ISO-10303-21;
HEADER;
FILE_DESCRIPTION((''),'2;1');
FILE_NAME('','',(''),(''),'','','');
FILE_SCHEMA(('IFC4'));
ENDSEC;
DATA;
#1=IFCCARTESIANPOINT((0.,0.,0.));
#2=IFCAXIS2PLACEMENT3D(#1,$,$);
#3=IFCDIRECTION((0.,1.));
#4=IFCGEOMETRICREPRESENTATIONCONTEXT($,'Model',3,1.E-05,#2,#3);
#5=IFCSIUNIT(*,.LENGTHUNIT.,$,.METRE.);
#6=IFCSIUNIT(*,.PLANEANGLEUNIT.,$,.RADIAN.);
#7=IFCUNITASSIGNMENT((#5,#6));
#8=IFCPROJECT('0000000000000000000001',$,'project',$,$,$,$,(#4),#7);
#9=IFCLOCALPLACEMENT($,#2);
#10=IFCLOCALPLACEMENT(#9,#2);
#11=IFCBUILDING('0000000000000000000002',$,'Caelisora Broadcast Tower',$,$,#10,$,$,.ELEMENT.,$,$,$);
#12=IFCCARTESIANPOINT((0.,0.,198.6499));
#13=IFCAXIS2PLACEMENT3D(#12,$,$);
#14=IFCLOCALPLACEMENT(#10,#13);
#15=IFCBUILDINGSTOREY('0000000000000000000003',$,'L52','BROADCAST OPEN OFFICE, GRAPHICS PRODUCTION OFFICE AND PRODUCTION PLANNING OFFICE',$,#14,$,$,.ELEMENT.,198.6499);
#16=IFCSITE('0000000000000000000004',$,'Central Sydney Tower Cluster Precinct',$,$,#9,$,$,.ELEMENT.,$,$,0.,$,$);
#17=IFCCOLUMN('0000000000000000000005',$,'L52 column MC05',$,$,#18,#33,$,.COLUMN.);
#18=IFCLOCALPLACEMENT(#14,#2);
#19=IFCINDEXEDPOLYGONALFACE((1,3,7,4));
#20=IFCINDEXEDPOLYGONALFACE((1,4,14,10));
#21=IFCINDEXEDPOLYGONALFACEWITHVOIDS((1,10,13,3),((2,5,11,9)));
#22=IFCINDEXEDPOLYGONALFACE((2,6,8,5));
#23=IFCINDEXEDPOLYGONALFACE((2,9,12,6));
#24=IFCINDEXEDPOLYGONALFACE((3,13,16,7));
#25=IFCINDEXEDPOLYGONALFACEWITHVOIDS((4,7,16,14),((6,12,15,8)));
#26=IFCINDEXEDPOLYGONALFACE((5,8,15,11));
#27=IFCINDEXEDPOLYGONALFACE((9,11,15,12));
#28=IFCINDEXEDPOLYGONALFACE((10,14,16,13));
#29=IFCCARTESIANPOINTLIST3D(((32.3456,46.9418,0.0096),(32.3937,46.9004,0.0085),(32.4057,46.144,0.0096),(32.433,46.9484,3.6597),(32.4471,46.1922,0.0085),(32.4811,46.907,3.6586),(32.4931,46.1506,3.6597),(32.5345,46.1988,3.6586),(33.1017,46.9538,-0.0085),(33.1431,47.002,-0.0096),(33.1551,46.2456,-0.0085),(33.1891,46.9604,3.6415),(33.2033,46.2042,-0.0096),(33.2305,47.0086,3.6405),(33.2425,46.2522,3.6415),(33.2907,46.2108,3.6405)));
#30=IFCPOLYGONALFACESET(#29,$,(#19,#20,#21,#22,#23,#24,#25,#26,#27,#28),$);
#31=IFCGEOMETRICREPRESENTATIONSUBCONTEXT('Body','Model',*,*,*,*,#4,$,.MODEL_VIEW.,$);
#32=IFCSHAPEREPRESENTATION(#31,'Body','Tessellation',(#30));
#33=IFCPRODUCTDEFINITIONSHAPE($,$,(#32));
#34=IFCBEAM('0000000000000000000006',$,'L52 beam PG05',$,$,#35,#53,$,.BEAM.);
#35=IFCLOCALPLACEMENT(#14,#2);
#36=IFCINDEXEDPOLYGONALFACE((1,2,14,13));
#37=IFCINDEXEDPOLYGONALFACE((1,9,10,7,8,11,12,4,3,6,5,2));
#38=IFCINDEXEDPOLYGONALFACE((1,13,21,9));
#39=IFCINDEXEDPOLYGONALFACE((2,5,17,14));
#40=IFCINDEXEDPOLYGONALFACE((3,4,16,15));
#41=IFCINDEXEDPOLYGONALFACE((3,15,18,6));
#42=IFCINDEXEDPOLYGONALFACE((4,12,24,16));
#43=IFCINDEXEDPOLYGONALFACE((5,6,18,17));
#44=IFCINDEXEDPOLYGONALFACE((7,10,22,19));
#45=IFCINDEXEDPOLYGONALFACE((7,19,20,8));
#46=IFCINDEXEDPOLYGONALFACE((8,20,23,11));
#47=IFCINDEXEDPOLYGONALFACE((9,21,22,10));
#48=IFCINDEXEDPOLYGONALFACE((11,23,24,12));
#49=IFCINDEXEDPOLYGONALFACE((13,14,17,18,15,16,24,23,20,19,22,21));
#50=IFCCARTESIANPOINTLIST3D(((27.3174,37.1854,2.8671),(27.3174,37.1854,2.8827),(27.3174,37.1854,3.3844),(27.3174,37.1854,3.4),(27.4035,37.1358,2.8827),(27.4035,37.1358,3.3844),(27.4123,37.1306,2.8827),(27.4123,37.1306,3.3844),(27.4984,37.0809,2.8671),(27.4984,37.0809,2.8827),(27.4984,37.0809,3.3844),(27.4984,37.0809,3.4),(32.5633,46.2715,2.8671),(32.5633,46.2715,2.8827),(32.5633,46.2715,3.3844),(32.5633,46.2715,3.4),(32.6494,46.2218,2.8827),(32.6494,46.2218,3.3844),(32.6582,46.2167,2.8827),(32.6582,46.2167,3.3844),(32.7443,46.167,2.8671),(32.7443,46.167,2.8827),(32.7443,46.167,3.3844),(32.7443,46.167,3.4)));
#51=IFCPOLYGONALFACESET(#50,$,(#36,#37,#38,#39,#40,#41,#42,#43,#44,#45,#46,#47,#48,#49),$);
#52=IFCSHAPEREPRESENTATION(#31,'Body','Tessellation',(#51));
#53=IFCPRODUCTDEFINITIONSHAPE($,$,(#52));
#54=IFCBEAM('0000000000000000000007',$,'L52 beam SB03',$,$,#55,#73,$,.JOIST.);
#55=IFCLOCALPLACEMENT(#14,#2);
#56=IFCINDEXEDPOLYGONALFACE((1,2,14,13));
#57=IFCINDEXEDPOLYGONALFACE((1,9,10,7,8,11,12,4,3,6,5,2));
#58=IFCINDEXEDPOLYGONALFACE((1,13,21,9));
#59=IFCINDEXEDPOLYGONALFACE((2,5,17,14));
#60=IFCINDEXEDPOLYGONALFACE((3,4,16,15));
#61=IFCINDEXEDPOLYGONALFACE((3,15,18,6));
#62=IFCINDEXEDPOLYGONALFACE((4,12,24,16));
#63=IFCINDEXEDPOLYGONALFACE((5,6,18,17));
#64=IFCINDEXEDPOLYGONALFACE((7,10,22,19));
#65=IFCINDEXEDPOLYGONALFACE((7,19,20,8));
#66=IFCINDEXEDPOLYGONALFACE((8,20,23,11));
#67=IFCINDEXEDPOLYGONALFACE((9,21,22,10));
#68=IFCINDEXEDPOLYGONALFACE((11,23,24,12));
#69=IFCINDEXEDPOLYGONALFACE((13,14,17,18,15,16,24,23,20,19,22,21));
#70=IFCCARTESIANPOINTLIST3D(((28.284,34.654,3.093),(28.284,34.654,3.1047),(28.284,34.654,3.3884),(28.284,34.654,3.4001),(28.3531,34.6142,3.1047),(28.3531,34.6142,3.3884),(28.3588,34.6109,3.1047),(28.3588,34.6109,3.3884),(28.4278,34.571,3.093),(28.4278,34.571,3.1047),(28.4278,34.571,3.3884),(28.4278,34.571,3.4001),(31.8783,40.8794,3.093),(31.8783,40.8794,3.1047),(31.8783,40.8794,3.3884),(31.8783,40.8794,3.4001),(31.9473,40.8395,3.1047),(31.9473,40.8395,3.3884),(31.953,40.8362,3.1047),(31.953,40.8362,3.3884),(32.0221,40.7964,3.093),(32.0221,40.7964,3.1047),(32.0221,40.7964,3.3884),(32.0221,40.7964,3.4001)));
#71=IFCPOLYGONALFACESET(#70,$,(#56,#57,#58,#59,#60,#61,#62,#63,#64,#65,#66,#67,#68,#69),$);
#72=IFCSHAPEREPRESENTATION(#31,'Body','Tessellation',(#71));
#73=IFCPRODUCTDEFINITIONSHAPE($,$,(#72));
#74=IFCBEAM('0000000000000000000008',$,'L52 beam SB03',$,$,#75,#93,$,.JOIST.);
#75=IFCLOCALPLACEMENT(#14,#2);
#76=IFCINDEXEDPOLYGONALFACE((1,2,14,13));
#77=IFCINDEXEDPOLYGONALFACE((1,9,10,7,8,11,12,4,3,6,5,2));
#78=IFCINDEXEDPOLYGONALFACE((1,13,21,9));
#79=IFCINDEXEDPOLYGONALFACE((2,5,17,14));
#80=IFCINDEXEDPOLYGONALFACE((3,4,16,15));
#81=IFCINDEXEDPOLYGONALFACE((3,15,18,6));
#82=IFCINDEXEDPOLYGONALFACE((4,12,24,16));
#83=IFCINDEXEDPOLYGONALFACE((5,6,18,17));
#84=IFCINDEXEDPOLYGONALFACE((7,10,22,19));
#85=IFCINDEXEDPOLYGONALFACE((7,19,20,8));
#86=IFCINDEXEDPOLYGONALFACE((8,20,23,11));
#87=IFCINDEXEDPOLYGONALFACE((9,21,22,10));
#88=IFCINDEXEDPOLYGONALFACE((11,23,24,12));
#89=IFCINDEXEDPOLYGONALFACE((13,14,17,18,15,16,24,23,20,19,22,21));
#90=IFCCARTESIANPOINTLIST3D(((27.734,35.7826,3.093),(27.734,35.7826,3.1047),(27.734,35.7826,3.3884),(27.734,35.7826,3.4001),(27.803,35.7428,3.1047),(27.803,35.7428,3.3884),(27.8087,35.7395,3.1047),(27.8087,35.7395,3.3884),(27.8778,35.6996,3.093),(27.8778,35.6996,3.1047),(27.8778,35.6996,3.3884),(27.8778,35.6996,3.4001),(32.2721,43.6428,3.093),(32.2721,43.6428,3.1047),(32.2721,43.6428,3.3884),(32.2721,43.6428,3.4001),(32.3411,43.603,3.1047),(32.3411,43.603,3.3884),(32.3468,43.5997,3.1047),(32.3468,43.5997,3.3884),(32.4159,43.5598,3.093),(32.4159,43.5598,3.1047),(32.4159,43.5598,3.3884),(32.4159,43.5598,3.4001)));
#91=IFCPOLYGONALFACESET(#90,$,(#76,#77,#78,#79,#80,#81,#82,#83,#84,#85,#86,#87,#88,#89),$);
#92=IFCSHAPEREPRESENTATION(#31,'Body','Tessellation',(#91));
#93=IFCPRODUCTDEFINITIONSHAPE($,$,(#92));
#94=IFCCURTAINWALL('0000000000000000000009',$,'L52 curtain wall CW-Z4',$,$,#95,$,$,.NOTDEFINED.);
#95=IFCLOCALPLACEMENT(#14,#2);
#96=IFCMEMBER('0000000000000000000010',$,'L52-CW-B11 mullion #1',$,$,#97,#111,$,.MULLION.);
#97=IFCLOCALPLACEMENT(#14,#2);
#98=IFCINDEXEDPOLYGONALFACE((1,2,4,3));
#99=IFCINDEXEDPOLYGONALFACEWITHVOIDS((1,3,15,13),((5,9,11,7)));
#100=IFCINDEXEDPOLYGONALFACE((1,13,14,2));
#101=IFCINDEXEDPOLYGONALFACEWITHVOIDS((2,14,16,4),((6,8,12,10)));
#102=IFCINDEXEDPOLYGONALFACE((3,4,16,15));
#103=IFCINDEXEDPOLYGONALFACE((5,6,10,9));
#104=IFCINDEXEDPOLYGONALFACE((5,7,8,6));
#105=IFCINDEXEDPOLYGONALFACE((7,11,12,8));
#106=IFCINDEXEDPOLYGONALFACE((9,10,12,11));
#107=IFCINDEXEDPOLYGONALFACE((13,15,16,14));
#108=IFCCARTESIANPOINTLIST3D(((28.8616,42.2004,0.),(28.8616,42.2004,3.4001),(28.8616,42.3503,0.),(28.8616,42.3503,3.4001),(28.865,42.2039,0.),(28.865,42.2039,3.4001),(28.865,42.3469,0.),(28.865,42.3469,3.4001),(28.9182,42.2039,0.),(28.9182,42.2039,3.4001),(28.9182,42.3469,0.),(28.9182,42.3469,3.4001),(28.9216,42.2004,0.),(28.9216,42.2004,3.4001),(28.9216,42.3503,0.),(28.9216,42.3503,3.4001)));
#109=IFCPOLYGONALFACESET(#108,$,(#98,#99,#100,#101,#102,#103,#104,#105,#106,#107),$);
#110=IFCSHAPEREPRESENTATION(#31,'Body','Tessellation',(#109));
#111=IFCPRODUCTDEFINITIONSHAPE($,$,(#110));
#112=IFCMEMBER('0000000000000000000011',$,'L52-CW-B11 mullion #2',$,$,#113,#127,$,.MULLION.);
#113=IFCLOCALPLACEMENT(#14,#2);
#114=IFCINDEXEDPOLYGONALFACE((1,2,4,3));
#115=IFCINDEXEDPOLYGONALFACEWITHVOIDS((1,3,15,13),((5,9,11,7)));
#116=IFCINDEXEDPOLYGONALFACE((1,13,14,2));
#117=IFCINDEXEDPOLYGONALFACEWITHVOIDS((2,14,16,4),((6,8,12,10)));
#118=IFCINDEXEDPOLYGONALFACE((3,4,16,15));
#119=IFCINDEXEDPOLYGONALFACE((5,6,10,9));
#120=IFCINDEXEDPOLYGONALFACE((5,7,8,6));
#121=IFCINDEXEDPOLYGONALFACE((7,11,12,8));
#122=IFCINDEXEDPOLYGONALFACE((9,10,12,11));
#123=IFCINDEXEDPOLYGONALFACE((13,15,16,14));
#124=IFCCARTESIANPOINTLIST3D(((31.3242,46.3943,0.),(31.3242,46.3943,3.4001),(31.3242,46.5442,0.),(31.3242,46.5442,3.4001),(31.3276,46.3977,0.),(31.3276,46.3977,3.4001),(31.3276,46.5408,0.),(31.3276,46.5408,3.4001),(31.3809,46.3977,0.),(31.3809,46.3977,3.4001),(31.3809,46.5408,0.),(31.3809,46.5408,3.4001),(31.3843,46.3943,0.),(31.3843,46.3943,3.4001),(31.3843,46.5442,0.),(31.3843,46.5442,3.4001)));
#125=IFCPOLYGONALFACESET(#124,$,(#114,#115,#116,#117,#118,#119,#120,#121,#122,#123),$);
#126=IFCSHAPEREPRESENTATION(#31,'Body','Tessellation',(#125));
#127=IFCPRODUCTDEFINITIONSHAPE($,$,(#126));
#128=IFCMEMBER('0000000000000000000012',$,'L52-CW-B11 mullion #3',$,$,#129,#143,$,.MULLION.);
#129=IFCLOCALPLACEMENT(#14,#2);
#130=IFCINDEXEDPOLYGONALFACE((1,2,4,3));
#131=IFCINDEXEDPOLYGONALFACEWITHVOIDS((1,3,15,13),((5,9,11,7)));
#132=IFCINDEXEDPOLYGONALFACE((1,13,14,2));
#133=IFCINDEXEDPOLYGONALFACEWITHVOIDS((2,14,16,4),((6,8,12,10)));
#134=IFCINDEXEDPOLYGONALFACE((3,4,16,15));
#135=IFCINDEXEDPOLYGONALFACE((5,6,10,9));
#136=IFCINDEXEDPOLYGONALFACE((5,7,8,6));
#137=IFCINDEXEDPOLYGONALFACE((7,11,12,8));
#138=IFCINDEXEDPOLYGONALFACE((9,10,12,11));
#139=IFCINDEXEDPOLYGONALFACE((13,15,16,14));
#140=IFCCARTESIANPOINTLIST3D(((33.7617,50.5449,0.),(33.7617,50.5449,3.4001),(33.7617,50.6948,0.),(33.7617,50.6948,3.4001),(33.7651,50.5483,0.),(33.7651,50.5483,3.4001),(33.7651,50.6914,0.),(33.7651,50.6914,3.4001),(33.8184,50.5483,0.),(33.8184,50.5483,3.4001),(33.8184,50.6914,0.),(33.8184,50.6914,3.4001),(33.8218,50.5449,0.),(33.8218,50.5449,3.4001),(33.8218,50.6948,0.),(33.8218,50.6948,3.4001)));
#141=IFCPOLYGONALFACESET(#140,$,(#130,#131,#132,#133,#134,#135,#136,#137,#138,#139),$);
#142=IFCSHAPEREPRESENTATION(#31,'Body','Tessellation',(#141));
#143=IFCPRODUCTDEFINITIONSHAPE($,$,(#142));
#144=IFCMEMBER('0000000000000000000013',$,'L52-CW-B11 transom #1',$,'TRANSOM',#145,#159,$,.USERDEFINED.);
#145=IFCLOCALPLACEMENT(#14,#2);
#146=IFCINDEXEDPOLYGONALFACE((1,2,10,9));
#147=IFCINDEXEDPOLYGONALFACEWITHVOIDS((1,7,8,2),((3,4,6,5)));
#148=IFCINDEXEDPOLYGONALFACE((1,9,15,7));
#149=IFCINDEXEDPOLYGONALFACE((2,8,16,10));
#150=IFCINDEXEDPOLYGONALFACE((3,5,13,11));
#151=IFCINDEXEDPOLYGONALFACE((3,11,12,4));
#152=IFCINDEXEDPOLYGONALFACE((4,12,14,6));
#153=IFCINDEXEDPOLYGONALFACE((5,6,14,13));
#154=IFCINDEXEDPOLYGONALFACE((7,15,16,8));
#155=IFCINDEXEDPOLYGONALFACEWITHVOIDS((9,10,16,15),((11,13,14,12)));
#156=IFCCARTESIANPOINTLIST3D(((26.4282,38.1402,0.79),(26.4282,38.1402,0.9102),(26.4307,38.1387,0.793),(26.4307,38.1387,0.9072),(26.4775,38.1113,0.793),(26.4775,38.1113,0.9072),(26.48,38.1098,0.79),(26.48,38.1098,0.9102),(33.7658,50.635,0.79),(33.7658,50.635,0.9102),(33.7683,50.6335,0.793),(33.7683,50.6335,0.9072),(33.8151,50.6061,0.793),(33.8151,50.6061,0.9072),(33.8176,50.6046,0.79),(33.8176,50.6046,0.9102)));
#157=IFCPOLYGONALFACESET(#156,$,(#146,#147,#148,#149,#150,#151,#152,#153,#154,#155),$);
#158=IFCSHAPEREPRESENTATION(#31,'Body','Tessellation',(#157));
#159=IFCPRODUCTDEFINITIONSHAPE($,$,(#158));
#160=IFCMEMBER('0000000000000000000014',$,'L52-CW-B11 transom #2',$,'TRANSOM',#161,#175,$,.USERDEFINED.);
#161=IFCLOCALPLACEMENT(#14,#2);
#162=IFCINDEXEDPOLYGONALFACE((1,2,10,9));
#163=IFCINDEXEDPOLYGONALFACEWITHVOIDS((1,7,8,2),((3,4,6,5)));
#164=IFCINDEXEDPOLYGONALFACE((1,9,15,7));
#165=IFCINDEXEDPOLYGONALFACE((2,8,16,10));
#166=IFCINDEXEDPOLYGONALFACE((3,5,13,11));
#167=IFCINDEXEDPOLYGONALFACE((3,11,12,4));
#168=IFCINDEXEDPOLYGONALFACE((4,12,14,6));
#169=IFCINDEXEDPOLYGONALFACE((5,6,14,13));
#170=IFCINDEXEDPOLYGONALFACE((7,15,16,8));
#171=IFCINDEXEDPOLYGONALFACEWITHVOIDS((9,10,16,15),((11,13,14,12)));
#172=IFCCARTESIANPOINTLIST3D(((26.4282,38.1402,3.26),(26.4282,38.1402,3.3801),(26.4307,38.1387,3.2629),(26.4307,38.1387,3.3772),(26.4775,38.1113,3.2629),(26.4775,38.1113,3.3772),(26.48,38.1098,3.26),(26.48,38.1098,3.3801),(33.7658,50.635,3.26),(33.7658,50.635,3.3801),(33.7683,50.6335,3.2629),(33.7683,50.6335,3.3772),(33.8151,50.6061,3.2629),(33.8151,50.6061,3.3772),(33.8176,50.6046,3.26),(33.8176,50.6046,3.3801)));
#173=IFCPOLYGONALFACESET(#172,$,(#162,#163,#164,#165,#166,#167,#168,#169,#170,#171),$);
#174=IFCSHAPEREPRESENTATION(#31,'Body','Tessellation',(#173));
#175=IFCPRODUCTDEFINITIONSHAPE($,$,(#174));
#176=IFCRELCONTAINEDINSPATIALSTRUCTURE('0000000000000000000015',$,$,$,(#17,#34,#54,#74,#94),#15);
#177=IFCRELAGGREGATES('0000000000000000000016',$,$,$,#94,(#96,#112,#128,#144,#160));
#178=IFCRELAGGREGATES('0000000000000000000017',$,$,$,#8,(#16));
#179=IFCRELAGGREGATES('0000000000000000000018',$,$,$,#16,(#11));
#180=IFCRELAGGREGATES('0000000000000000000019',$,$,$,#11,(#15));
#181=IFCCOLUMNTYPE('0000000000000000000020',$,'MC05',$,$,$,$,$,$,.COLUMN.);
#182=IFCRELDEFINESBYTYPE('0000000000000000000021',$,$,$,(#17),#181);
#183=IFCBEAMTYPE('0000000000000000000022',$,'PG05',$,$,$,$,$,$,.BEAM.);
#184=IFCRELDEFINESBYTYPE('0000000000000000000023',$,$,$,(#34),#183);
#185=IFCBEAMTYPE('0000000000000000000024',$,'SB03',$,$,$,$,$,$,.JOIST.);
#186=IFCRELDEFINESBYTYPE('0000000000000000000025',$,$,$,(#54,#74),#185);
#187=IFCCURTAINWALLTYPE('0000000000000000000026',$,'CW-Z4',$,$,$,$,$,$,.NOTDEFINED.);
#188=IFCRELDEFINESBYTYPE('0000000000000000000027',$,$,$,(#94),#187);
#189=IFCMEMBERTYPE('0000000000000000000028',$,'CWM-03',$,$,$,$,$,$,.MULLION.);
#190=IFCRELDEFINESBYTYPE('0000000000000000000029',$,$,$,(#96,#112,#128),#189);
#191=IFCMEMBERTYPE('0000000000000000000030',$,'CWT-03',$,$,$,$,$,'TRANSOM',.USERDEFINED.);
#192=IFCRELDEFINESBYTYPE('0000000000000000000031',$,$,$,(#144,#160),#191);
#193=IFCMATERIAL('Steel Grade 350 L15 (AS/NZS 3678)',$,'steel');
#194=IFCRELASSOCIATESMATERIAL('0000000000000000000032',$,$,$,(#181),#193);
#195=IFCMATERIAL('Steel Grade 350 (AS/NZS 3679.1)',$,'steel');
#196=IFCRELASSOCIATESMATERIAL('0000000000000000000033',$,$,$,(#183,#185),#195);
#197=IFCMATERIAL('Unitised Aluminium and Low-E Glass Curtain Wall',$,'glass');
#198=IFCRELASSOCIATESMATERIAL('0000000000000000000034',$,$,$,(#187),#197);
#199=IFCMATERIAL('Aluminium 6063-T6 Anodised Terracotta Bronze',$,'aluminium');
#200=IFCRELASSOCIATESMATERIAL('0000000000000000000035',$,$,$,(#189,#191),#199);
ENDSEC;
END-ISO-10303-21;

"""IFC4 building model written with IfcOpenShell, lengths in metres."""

from ifc_helpers import new_model, si_unit, direction, frame, origin, origin_2d, place, context, subcontext, project, spatial, hollow_rectangle, i_section, extrude, source, transform, mapped, material, material_profile, profile_set, type_object, type_shapes, element, aggregate, save


model = new_model("IFC4")

# Units and contexts
model_context = context("Model", 3, precision=1e-05, world=origin(), true_north=direction((0.0, 1.0)))
body_context = subcontext(model_context, "Body", "Model", "MODEL_VIEW")
ifc_project = project(units=[si_unit("LENGTHUNIT", "METRE"), si_unit("PLANEANGLEUNIT", "RADIAN")], contexts=[model_context])

# Site, building, storey
site_placement = place(None, origin())
site = spatial("IfcSite", under=ifc_project, at=site_placement, Name="Central Sydney Tower Cluster Precinct", CompositionType="ELEMENT", RefElevation=0.0)
building_placement = place(site_placement, origin())
building = spatial("IfcBuilding", under=site, at=building_placement, Name="Caelisora Broadcast Tower", CompositionType="ELEMENT")
storey_placement = place(building_placement, frame((0.0, 0.0, 198.6499)))
storey = spatial("IfcBuildingStorey", under=building, at=storey_placement, Name="L52", Description="BROADCAST OPEN OFFICE, GRAPHICS PRODUCTION OFFICE AND PRODUCTION PLANNING OFFICE", CompositionType="ELEMENT", Elevation=198.6499)

# Column
ifc_material_1 = material(Name="Steel Grade 350 L15 (AS/NZS 3678)", Category="steel")
ifc_material_profile_1 = material_profile(ifc_material_1, hollow_rectangle(XDim=0.8, YDim=0.8, WallThickness=0.0449, at=origin_2d()), Name="Steel Grade 350 L15 (AS/NZS 3678)")
ifc_profile_set_1 = profile_set([ifc_material_profile_1], Name="Steel Grade 350 L15 (AS/NZS 3678)")
column_type = type_object("IfcColumnType", Name="MC05", PredefinedType="COLUMN", material=ifc_profile_set_1)
shared_shape_1 = source(origin(), body_context, "Body", "SweptSolid", [
    extrude(hollow_rectangle(XDim=0.8, YDim=0.8, WallThickness=0.0449, at=origin_2d()), origin(), (0.0, 0.0, 1.0), 3.6511),
])
type_shapes(column_type, [shared_shape_1])
column_placement = place(storey_placement, frame((32.7744, 46.573, 0.0), z_axis=(0.023938, 0.001805, 0.999712), x_axis=(-0.075205, 0.997168, 0.0)))
element("IfcColumn", 1, at=column_placement, inside=storey, type_object=column_type, Name="L52 column MC05", PredefinedType="COLUMN", context=body_context, shape_type="MappedRepresentation", body=[
    mapped(shared_shape_1, transform((0.0, 0.0, 0.0), scale=1.0)),
])

# Beams
ifc_material_2 = material(Name="Steel Grade 350 (AS/NZS 3679.1)", Category="steel")
ifc_material_profile_2 = material_profile(ifc_material_2, i_section(OverallWidth=0.209, OverallDepth=0.533, WebThickness=0.0103, FlangeThickness=0.0156, at=origin_2d()), Name="Steel Grade 350 (AS/NZS 3679.1)")
ifc_profile_set_2 = profile_set([ifc_material_profile_2], Name="Steel Grade 350 (AS/NZS 3679.1)")
beam_type_1 = type_object("IfcBeamType", Name="PG05", PredefinedType="BEAM", material=ifc_profile_set_2)
shared_shape_2 = source(origin(), body_context, "Body", "SweptSolid", [
    extrude(i_section(OverallWidth=0.209, OverallDepth=0.533, WebThickness=0.0103, FlangeThickness=0.0156, at=origin_2d()), origin(), (0.0, 0.0, 1.0), 10.4917),
])
type_shapes(beam_type_1, [shared_shape_2])
beam_1_placement = place(storey_placement, frame((32.6538, 46.2192, 3.1335), z_axis=(-0.500006, -0.866022, 0.0), x_axis=(0.866022, -0.500006, 0.0)))
element("IfcBeam", 2, at=beam_1_placement, inside=storey, type_object=beam_type_1, Name="L52 beam PG05", PredefinedType="BEAM", context=body_context, shape_type="MappedRepresentation", body=[
    mapped(shared_shape_2, transform((0.0, 0.0, 0.0), scale=1.0)),
])
ifc_material_profile_3 = material_profile(ifc_material_2, i_section(OverallWidth=0.166, OverallDepth=0.3071, WebThickness=0.0066, FlangeThickness=0.0117, at=origin_2d()), Name="Steel Grade 350 (AS/NZS 3679.1)")
ifc_profile_set_3 = profile_set([ifc_material_profile_3], Name="Steel Grade 350 (AS/NZS 3679.1)")
beam_type_2 = type_object("IfcBeamType", Name="SB03", PredefinedType="JOIST", material=ifc_profile_set_3)
shared_shape_3 = source(origin(), body_context, "Body", "SweptSolid", [
    extrude(i_section(OverallWidth=0.166, OverallDepth=0.3071, WebThickness=0.0066, FlangeThickness=0.0117, at=origin_2d()), origin(), (0.0, 0.0, 1.0), 7.1885),
])
beam_2_placement = place(storey_placement, frame((31.9502, 40.8379, 3.2466), z_axis=(-0.500004, -0.866023, 0.0), x_axis=(0.866023, -0.500004, 0.0)))
element("IfcBeam", 3, at=beam_2_placement, inside=storey, type_object=beam_type_2, Name="L52 beam SB03", PredefinedType="JOIST", context=body_context, shape_type="MappedRepresentation", body=[
    mapped(shared_shape_3, transform((0.0, 0.0, 0.0), scale=1.0)),
])
shared_shape_4 = source(origin(), body_context, "Body", "SweptSolid", [
    extrude(i_section(OverallWidth=0.166, OverallDepth=0.3071, WebThickness=0.0066, FlangeThickness=0.0117, at=origin_2d()), origin(), (0.0, 0.0, 1.0), 9.0762),
])
type_shapes(beam_type_2, [shared_shape_3, shared_shape_4])
beam_3_placement = place(storey_placement, frame((32.344, 43.6013, 3.2466), z_axis=(-0.500004, -0.866023, 0.0), x_axis=(0.866023, -0.500004, 0.0)))
element("IfcBeam", 4, at=beam_3_placement, inside=storey, type_object=beam_type_2, Name="L52 beam SB03", PredefinedType="JOIST", context=body_context, shape_type="MappedRepresentation", body=[
    mapped(shared_shape_4, transform((0.0, 0.0, 0.0), scale=1.0)),
])

# Curtain wall, members
ifc_material_3 = material(Name="Unitised Aluminium and Low-E Glass Curtain Wall", Category="glass")
curtain_wall_type = type_object("IfcCurtainWallType", Name="CW-Z4", PredefinedType="NOTDEFINED", material=ifc_material_3)
curtain_wall_placement = place(storey_placement, origin())
curtain_wall = element("IfcCurtainWall", 5, at=curtain_wall_placement, inside=storey, type_object=curtain_wall_type, Name="L52 curtain wall CW-Z4", PredefinedType="NOTDEFINED")
ifc_material_4 = material(Name="Aluminium 6063-T6 Anodised Terracotta Bronze", Category="aluminium")
ifc_material_profile_4 = material_profile(ifc_material_4, hollow_rectangle(XDim=0.0601, YDim=0.1499, WallThickness=0.0034, at=origin_2d()), Name="Aluminium 6063-T6 Anodised Terracotta Bronze")
ifc_profile_set_4 = profile_set([ifc_material_profile_4], Name="Aluminium 6063-T6 Anodised Terracotta Bronze")
member_type_1 = type_object("IfcMemberType", Name="CWM-03", PredefinedType="MULLION", material=ifc_profile_set_4)
shared_shape_5 = source(origin(), body_context, "Body", "SweptSolid", [
    extrude(hollow_rectangle(XDim=0.0601, YDim=0.1499, WallThickness=0.0034, at=origin_2d()), origin(), (0.0, 0.0, 1.0), 3.4001),
])
type_shapes(member_type_1, [shared_shape_5])
member_1_placement = place(storey_placement, frame((28.8916, 42.2754, 0.0), z_axis=(0.0, 0.0, 1.0), x_axis=(1.0, 0.0, 0.0)))
member_1 = element("IfcMember", 6, at=member_1_placement, type_object=member_type_1, Name="L52-CW-B11 mullion #1", PredefinedType="MULLION", context=body_context, shape_type="MappedRepresentation", body=[
    mapped(shared_shape_5, transform((0.0, 0.0, 0.0), scale=1.0)),
])
member_2_placement = place(storey_placement, frame((31.3542, 46.4692, 0.0), z_axis=(0.0, 0.0, 1.0), x_axis=(1.0, 0.0, 0.0)))
member_2 = element("IfcMember", 7, at=member_2_placement, type_object=member_type_1, Name="L52-CW-B11 mullion #2", PredefinedType="MULLION", context=body_context, shape_type="MappedRepresentation", body=[
    mapped(shared_shape_5, transform((0.0, 0.0, 0.0), scale=1.0)),
])
member_3_placement = place(storey_placement, frame((33.7917, 50.6199, 0.0), z_axis=(0.0, 0.0, 1.0), x_axis=(1.0, 0.0, 0.0)))
member_3 = element("IfcMember", 8, at=member_3_placement, type_object=member_type_1, Name="L52-CW-B11 mullion #3", PredefinedType="MULLION", context=body_context, shape_type="MappedRepresentation", body=[
    mapped(shared_shape_5, transform((0.0, 0.0, 0.0), scale=1.0)),
])
ifc_material_profile_5 = material_profile(ifc_material_4, hollow_rectangle(XDim=0.0601, YDim=0.1201, WallThickness=0.0029, at=origin_2d()), Name="Aluminium 6063-T6 Anodised Terracotta Bronze")
ifc_profile_set_5 = profile_set([ifc_material_profile_5], Name="Aluminium 6063-T6 Anodised Terracotta Bronze")
member_type_2 = type_object("IfcMemberType", Name="CWT-03", ElementType="TRANSOM", PredefinedType="USERDEFINED", material=ifc_profile_set_5)
shared_shape_6 = source(origin(), body_context, "Body", "SweptSolid", [
    extrude(hollow_rectangle(XDim=0.0601, YDim=0.1201, WallThickness=0.0029, at=origin_2d()), origin(), (0.0, 0.0, 1.0), 14.49),
])
type_shapes(member_type_2, [shared_shape_6])
member_4_placement = place(storey_placement, frame((26.4541, 38.125, 0.8501), z_axis=(0.50639, 0.862304, 0.0), x_axis=(-0.862304, 0.50639, 0.0)))
member_4 = element("IfcMember", 9, at=member_4_placement, type_object=member_type_2, Name="L52-CW-B11 transom #1", ObjectType="TRANSOM", PredefinedType="USERDEFINED", context=body_context, shape_type="MappedRepresentation", body=[
    mapped(shared_shape_6, transform((0.0, 0.0, 0.0), scale=1.0)),
])
member_5_placement = place(storey_placement, frame((26.4541, 38.125, 3.3201), z_axis=(0.50639, 0.862304, 0.0), x_axis=(-0.862304, 0.50639, 0.0)))
member_5 = element("IfcMember", 10, at=member_5_placement, type_object=member_type_2, Name="L52-CW-B11 transom #2", ObjectType="TRANSOM", PredefinedType="USERDEFINED", context=body_context, shape_type="MappedRepresentation", body=[
    mapped(shared_shape_6, transform((0.0, 0.0, 0.0), scale=1.0)),
])
aggregate(curtain_wall, [member_1, member_2, member_3, member_4, member_5])

save(model, "model.ifc")
